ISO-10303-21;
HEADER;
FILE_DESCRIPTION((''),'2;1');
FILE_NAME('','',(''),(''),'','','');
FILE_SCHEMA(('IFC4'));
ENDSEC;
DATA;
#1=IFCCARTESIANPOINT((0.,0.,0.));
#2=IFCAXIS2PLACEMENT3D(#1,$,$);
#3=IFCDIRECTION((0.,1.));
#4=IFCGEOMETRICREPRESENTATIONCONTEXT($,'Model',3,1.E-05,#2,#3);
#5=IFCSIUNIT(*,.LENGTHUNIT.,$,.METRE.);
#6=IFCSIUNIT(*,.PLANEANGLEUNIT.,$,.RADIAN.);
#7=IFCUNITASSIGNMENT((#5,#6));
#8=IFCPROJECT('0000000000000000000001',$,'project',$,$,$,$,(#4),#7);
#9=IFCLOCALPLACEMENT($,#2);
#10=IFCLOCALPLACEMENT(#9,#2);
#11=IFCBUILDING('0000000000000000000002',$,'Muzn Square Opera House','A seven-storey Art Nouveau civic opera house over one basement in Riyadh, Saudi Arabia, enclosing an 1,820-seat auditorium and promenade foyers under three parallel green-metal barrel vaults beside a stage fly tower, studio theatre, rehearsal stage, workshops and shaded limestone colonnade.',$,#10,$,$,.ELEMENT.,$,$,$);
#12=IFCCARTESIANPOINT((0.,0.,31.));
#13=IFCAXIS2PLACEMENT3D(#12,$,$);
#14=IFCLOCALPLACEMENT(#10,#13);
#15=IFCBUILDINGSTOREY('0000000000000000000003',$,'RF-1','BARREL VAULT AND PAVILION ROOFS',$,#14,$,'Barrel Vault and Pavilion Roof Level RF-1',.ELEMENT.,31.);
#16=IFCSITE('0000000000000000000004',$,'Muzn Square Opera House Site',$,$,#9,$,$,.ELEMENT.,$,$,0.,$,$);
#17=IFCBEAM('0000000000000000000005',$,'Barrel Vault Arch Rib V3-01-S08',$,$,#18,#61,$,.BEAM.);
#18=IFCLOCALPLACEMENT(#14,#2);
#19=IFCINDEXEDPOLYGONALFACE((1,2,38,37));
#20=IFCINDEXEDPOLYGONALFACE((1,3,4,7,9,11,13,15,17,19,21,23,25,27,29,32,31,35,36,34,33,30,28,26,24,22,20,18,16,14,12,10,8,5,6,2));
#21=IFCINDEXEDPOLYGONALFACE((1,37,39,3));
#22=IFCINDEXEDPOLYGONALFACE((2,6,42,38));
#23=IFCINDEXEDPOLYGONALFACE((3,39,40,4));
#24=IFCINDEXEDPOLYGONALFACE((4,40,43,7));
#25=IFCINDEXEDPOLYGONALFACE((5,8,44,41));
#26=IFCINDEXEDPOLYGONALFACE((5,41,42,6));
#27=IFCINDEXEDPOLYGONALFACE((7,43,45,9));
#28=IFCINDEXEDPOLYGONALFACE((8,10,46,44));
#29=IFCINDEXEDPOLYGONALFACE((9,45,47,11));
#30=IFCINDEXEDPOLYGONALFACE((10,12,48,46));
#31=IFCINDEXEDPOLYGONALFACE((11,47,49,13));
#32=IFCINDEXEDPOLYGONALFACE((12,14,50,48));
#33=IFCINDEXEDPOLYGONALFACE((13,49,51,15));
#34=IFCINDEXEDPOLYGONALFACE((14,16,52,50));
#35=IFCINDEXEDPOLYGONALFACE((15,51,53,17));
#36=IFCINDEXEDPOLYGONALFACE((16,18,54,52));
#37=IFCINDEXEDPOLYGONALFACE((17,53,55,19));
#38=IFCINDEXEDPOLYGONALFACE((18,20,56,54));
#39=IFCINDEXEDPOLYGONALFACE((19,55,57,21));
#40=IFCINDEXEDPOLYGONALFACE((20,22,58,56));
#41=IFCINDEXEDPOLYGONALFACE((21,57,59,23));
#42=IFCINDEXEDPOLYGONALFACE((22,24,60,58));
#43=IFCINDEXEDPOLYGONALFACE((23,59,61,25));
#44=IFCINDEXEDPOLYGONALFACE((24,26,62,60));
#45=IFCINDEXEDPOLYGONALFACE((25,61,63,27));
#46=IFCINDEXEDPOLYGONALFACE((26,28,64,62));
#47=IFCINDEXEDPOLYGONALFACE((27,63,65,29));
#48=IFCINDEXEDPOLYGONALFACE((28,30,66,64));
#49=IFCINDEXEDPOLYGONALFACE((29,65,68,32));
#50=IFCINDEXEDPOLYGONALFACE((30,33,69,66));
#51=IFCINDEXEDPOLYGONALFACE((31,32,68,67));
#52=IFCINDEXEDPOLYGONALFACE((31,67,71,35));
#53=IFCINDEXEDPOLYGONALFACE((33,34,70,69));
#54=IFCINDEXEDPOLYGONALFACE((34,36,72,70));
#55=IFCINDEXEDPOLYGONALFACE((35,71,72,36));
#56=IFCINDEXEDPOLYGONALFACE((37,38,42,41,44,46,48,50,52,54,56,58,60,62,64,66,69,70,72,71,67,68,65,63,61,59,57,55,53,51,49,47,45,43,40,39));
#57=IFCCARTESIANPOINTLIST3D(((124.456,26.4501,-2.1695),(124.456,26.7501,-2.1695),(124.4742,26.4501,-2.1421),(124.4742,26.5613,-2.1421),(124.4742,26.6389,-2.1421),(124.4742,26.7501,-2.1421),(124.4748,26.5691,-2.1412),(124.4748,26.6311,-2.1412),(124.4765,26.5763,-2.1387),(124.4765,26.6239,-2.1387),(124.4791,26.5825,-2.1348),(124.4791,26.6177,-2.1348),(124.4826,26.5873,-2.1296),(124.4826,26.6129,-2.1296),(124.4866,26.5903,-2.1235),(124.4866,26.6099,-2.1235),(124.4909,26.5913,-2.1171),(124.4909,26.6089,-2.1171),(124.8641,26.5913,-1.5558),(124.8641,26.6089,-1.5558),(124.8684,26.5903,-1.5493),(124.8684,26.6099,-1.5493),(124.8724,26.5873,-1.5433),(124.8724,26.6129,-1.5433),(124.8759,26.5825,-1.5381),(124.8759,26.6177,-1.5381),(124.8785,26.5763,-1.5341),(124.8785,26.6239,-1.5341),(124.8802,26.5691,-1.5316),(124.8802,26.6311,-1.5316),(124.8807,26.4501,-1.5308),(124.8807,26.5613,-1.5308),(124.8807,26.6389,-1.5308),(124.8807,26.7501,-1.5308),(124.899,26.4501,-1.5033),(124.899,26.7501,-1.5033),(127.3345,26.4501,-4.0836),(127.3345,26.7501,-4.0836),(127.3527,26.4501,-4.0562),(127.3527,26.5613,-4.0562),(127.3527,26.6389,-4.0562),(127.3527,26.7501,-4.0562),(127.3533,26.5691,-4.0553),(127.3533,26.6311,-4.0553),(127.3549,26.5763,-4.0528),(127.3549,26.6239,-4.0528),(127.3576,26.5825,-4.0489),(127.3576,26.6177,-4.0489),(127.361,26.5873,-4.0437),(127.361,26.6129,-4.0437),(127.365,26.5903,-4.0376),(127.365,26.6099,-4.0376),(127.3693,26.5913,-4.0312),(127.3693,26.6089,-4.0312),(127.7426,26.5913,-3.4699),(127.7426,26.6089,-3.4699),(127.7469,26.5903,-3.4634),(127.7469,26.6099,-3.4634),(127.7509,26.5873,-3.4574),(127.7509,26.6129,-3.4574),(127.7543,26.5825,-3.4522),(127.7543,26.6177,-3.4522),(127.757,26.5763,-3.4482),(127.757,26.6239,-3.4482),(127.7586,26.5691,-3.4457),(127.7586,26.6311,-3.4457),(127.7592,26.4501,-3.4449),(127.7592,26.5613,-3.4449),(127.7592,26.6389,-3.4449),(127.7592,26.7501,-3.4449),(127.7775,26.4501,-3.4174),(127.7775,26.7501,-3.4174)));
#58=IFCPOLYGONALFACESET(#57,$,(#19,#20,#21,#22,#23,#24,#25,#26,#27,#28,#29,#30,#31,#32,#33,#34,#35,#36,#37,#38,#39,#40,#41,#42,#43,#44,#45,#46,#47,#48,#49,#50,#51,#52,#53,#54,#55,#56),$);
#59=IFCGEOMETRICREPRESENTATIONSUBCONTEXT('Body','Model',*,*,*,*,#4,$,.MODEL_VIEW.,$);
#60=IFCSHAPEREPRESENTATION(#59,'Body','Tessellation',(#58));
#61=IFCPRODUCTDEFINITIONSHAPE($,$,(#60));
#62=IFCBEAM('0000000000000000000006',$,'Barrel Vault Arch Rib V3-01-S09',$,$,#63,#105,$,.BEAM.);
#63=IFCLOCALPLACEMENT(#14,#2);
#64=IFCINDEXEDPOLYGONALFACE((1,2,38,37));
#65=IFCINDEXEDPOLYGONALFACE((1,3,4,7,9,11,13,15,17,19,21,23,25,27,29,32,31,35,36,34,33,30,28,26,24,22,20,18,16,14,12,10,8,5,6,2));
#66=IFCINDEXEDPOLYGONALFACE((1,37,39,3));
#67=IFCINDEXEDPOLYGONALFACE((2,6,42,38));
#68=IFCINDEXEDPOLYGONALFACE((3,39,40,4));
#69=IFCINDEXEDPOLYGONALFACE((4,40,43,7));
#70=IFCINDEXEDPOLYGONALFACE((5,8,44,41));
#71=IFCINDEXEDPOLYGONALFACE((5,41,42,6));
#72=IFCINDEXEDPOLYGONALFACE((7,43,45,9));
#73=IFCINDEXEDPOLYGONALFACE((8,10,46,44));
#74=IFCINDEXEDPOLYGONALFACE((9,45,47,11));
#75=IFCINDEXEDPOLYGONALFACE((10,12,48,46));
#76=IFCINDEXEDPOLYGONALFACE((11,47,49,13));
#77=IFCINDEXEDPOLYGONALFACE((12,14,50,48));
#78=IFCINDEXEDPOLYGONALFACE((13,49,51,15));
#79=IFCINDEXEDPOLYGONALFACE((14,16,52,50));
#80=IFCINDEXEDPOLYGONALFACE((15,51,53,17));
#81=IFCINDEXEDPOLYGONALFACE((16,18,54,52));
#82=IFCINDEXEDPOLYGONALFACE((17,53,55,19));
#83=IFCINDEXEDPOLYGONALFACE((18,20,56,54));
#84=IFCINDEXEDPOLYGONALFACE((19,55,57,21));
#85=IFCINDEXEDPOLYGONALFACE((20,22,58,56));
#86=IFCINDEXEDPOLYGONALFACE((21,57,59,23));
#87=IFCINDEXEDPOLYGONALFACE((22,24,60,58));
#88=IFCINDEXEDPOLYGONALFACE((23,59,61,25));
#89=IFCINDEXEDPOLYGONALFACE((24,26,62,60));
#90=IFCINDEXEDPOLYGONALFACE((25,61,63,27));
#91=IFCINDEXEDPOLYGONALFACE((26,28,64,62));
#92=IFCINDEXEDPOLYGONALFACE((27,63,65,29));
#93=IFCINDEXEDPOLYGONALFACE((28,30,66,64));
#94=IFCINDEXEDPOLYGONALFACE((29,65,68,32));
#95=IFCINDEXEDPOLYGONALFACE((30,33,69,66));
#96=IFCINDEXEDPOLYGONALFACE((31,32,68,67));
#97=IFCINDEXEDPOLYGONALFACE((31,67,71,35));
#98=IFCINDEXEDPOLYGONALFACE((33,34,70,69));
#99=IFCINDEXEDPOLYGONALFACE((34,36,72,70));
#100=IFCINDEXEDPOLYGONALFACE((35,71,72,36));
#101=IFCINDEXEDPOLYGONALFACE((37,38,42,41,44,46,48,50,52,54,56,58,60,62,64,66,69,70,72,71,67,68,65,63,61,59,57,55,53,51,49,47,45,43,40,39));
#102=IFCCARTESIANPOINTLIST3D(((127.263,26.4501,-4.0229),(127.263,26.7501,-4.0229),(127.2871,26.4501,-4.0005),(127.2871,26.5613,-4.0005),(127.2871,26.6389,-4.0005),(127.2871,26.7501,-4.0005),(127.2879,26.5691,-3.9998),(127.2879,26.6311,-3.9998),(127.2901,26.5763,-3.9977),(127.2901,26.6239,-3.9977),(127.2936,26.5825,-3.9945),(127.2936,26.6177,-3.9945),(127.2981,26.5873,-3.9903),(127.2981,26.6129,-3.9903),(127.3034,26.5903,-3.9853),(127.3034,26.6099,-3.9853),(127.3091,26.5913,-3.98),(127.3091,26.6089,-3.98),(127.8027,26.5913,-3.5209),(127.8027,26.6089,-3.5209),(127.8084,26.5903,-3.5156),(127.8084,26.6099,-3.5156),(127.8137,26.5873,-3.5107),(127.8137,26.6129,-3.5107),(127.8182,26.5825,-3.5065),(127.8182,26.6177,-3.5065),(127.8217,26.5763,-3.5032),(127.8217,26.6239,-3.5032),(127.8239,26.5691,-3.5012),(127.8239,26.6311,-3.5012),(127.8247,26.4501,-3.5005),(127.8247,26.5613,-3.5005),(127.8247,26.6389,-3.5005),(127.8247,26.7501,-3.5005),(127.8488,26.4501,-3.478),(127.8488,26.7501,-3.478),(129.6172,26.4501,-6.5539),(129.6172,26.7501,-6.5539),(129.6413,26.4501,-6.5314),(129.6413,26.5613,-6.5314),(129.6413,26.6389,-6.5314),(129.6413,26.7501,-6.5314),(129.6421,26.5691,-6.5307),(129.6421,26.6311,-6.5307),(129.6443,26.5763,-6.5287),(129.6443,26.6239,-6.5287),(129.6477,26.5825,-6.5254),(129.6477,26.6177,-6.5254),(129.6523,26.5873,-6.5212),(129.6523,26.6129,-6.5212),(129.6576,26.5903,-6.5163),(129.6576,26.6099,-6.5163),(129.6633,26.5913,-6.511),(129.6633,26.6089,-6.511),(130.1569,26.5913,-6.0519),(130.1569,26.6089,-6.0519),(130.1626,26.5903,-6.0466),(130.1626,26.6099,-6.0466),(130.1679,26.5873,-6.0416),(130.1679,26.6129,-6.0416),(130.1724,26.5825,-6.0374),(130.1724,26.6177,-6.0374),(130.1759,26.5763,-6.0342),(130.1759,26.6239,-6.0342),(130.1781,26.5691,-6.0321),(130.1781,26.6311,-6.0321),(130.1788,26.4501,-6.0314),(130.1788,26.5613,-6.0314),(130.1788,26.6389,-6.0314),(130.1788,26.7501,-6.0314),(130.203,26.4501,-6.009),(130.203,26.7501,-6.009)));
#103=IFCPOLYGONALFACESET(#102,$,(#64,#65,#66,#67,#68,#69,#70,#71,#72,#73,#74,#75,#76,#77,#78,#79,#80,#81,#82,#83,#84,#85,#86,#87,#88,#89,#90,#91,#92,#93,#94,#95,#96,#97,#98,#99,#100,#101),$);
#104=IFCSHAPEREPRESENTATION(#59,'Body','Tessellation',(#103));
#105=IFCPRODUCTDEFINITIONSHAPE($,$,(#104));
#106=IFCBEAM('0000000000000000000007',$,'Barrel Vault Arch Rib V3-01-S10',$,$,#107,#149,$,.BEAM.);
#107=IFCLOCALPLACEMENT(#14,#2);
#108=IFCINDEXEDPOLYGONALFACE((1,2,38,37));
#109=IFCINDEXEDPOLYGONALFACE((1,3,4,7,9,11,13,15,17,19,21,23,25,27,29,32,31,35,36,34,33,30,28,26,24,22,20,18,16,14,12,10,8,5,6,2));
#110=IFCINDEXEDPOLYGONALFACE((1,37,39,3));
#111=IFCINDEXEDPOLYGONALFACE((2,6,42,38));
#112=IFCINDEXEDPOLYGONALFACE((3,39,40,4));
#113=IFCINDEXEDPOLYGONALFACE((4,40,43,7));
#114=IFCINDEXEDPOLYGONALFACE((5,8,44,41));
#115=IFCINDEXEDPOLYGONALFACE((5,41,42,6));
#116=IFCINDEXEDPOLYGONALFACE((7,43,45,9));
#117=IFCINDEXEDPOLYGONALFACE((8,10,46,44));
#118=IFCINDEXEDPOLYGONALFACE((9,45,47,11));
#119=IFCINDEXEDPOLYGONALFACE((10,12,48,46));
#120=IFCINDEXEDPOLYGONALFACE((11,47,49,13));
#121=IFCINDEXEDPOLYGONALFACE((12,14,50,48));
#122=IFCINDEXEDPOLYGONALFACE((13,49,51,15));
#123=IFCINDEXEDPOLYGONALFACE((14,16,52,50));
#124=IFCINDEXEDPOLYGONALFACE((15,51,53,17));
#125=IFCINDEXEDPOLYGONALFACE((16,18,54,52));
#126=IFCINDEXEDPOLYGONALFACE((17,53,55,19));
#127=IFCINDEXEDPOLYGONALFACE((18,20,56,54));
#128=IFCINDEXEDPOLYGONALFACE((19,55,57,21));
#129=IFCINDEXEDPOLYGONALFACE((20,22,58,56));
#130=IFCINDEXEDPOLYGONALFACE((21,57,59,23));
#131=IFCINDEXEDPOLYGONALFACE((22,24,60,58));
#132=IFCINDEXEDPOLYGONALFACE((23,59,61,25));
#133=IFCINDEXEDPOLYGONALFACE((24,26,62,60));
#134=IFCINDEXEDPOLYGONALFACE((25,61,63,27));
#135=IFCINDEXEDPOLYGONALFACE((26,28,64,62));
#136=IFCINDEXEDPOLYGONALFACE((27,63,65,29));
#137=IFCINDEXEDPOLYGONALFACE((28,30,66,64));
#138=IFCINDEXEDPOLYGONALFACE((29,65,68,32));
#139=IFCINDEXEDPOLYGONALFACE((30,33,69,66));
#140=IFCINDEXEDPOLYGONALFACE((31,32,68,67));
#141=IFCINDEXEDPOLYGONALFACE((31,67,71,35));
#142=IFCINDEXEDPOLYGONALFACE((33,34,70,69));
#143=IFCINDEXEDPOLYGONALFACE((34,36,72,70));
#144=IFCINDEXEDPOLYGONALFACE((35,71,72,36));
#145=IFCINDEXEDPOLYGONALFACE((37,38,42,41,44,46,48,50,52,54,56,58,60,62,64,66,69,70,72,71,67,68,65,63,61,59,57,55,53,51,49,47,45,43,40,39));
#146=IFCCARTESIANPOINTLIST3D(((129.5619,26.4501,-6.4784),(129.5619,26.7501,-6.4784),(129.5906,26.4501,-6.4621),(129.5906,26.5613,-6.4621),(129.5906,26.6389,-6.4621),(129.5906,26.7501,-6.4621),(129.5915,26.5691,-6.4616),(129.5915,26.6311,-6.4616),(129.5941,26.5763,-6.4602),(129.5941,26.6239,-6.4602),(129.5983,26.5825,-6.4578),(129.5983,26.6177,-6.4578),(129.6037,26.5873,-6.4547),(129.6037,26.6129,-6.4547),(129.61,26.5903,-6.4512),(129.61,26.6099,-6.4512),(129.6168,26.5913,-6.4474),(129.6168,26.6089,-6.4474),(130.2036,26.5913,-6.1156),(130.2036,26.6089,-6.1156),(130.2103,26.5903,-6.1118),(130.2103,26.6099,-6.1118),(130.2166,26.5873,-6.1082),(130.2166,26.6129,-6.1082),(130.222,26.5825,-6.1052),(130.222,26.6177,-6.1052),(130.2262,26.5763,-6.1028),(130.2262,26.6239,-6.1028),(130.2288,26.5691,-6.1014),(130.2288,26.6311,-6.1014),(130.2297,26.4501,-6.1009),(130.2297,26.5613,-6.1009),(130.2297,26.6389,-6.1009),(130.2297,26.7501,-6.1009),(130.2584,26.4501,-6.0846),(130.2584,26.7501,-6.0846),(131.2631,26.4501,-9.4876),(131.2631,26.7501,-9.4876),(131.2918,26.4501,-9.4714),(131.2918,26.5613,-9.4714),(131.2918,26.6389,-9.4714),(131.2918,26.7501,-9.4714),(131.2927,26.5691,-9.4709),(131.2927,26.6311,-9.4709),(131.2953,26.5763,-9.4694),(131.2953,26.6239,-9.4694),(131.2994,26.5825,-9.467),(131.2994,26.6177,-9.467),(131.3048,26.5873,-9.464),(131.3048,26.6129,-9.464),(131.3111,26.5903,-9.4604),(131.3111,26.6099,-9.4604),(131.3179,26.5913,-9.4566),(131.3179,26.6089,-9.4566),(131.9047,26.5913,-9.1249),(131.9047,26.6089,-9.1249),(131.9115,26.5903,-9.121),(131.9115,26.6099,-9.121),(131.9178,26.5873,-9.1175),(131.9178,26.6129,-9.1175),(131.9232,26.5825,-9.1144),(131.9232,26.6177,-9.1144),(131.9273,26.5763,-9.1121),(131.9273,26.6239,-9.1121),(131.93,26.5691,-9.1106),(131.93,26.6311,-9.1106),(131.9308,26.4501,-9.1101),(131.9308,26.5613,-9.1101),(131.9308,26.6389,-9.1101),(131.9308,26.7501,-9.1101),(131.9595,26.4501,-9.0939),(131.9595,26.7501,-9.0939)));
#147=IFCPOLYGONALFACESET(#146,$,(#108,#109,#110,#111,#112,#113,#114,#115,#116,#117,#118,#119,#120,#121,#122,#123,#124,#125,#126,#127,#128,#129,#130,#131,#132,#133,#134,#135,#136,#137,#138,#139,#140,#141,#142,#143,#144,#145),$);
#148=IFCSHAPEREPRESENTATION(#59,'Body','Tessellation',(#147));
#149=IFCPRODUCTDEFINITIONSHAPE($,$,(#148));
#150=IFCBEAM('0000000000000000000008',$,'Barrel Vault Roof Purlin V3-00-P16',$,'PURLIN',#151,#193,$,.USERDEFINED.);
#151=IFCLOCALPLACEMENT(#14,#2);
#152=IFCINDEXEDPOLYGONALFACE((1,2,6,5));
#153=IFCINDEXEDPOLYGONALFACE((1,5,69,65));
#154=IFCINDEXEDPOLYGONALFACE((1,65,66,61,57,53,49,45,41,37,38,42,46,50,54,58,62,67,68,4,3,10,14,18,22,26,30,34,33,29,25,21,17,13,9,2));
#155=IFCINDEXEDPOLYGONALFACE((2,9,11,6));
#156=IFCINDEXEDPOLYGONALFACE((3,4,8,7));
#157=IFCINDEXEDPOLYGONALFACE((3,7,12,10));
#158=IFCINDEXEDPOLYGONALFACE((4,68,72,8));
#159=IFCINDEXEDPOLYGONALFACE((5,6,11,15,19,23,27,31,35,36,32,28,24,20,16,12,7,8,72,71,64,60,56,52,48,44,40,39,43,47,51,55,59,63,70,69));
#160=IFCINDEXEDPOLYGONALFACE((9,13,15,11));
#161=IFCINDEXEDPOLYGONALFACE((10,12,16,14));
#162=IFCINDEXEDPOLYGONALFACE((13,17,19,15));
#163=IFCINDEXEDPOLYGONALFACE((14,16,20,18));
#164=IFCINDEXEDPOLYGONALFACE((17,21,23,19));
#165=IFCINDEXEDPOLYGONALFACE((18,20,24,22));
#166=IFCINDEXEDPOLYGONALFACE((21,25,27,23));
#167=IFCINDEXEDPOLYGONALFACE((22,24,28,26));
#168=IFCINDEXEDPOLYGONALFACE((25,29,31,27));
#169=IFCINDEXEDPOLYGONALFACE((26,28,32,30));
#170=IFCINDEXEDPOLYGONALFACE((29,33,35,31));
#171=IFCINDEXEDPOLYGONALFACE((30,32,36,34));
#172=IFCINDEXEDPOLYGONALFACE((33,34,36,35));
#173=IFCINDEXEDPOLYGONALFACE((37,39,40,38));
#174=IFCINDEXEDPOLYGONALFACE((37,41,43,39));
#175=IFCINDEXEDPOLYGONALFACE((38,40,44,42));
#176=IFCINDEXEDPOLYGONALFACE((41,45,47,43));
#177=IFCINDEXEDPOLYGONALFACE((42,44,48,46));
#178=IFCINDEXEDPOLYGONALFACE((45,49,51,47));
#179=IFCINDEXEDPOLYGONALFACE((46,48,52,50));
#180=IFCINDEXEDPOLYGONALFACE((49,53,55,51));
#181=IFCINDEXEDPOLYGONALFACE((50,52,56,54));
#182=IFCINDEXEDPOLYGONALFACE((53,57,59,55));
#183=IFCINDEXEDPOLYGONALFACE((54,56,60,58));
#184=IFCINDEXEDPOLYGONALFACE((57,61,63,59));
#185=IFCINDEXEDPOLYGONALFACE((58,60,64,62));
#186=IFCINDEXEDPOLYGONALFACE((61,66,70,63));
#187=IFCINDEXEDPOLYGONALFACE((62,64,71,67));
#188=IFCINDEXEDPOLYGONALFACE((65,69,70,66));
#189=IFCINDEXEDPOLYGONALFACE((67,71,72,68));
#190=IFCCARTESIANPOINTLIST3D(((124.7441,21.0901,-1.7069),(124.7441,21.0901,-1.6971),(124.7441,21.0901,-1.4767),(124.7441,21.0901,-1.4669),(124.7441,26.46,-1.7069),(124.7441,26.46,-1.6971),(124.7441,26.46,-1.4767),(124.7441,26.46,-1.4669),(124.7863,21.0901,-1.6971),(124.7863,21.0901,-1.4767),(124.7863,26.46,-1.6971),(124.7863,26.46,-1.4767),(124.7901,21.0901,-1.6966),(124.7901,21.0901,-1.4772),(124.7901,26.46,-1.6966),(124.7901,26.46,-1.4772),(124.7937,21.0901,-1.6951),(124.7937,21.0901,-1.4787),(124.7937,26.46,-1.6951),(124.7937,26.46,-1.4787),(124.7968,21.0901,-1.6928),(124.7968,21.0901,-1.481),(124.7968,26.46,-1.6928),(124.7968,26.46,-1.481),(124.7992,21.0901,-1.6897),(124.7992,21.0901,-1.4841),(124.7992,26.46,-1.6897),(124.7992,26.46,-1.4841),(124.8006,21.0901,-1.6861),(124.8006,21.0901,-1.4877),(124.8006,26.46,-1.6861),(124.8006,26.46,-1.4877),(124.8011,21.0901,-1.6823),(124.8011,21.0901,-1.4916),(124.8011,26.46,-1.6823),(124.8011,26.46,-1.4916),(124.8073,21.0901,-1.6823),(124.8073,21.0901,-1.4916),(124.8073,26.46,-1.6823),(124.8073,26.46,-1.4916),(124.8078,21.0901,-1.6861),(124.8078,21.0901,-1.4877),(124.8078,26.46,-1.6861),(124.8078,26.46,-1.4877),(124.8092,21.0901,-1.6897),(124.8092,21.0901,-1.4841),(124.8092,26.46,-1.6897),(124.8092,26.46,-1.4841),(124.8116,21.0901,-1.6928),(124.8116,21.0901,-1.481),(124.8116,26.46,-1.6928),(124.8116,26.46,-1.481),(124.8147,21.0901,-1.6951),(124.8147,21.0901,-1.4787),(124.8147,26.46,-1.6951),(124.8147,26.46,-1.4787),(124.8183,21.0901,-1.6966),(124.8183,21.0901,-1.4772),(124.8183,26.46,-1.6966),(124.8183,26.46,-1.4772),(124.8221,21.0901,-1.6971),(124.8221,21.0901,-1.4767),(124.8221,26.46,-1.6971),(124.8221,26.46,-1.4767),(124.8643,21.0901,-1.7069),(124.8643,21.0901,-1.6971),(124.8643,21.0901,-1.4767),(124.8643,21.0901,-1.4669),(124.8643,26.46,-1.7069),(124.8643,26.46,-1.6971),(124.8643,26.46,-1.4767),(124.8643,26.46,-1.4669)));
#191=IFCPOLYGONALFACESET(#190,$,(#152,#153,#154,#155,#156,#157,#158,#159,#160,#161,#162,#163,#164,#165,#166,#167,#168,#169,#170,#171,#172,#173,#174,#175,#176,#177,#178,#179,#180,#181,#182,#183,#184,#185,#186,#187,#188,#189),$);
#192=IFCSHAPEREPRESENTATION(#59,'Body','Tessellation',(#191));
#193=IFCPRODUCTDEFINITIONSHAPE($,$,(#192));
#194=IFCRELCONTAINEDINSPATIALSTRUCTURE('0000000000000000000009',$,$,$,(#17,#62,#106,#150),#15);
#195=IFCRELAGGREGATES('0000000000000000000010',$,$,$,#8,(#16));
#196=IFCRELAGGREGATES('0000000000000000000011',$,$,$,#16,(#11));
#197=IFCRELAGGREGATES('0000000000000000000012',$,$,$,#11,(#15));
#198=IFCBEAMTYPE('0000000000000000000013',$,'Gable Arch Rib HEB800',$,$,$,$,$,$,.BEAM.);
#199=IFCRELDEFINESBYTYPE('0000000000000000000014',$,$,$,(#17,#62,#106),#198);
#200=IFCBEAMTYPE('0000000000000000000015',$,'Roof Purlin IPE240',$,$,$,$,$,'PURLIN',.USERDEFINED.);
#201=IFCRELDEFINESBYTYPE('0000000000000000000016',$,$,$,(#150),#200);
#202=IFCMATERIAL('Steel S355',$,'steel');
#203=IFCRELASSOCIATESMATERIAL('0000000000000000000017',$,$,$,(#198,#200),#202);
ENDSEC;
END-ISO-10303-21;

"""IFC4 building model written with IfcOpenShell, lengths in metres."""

from ifc_helpers import new_model, si_unit, direction, frame, origin, origin_2d, place, context, subcontext, project, spatial, i_section, extrude, material, material_profile, profile_set, type_object, element, save


model = new_model("IFC4")

# Units and contexts
model_context = context("Model", 3, precision=1e-05, world=origin(), true_north=direction((0.0, 1.0)))
body_context = subcontext(model_context, "Body", "Model", "MODEL_VIEW")
ifc_project = project(units=[si_unit("LENGTHUNIT", "METRE"), si_unit("PLANEANGLEUNIT", "RADIAN")], contexts=[model_context])

# Site, building, storey
site_placement = place(None, origin())
site = spatial("IfcSite", under=ifc_project, at=site_placement, Name="Muzn Square Opera House Site", CompositionType="ELEMENT", RefElevation=0.0)
building_placement = place(site_placement, origin())
building = spatial("IfcBuilding", under=site, at=building_placement, Name="Muzn Square Opera House", Description="A seven-storey Art Nouveau civic opera house over one basement in Riyadh, Saudi Arabia, enclosing an 1,820-seat auditorium and promenade foyers under three parallel green-metal barrel vaults beside a stage fly tower, studio theatre, rehearsal stage, workshops and shaded limestone colonnade.", CompositionType="ELEMENT")
storey_placement = place(building_placement, frame((0.0, 0.0, 31.0)))
storey = spatial("IfcBuildingStorey", under=building, at=storey_placement, Name="RF-1", Description="BARREL VAULT AND PAVILION ROOFS", LongName="Barrel Vault and Pavilion Roof Level RF-1", CompositionType="ELEMENT", Elevation=31.0)

# Beams
ifc_material_1 = material(Name="Steel S355", Category="steel")
ifc_material_profile_1 = material_profile(ifc_material_1, i_section(OverallWidth=0.3, OverallDepth=0.8, WebThickness=0.0176, FlangeThickness=0.033, FilletRadius=0.03, at=origin_2d()), Name="HEB 800", Category="steel")
ifc_profile_set_1 = profile_set([ifc_material_profile_1], Name="Steel S355")
beam_type_1 = type_object("IfcBeamType", Name="Gable Arch Rib HEB800", PredefinedType="BEAM", material=ifc_profile_set_1)
beam_1_placement = place(storey_placement, frame((124.6775, 26.6001, -1.8364), z_axis=(0.832702, 0.0, -0.553722), x_axis=(0.0, 1.0, 0.0)))
element("IfcBeam", 1, at=beam_1_placement, inside=storey, type_object=beam_type_1, Name="Barrel Vault Arch Rib V3-01-S08", PredefinedType="BEAM", context=body_context, shape_type="SweptSolid", body=[
    extrude(i_section(OverallWidth=0.3, OverallDepth=0.8, WebThickness=0.0176, FlangeThickness=0.033, FilletRadius=0.03, at=origin_2d()), origin(), (0.0, 0.0, 1.0), 3.4568),
])
beam_2_placement = place(storey_placement, frame((127.5559, 26.6001, -3.7505), z_axis=(0.681077, 0.0, -0.732212), x_axis=(0.0, 1.0, 0.0)))
element("IfcBeam", 2, at=beam_2_placement, inside=storey, type_object=beam_type_1, Name="Barrel Vault Arch Rib V3-01-S09", PredefinedType="BEAM", context=body_context, shape_type="SweptSolid", body=[
    extrude(i_section(OverallWidth=0.3, OverallDepth=0.8, WebThickness=0.0176, FlangeThickness=0.033, FilletRadius=0.03, at=origin_2d()), origin(), (0.0, 0.0, 1.0), 3.4565),
])
beam_3_placement = place(storey_placement, frame((129.9102, 26.6001, -6.2815), z_axis=(0.492118, 0.0, -0.870529), x_axis=(0.0, 1.0, 0.0)))
element("IfcBeam", 3, at=beam_3_placement, inside=storey, type_object=beam_type_1, Name="Barrel Vault Arch Rib V3-01-S10", PredefinedType="BEAM", context=body_context, shape_type="SweptSolid", body=[
    extrude(i_section(OverallWidth=0.3, OverallDepth=0.8, WebThickness=0.0176, FlangeThickness=0.033, FilletRadius=0.03, at=origin_2d()), origin(), (0.0, 0.0, 1.0), 3.4568),
])
ifc_material_profile_2 = material_profile(ifc_material_1, i_section(OverallWidth=0.1201, OverallDepth=0.24, WebThickness=0.0061, FlangeThickness=0.0098, FilletRadius=0.0149, at=origin_2d()), Name="IPE 240", Category="steel")
ifc_profile_set_2 = profile_set([ifc_material_profile_2], Name="Steel S355")
beam_type_2 = type_object("IfcBeamType", Name="Roof Purlin IPE240", ElementType="PURLIN", PredefinedType="USERDEFINED", material=ifc_profile_set_2)
for number, where, z_axis, x_axis, name in (
    (4, (124.8042, 21.0901, -1.5869), (0.0, 1.0, 0.0), (-1.0, 0.0, 0.0), "Barrel Vault Roof Purlin V3-00-P16"),
):
    element("IfcBeam", number, at=place(storey_placement, frame(where, z_axis=z_axis, x_axis=x_axis)), inside=storey, type_object=beam_type_2, Name=name, ObjectType="PURLIN", PredefinedType="USERDEFINED", context=body_context, shape_type="SweptSolid", body=[
        extrude(i_section(OverallWidth=0.1201, OverallDepth=0.24, WebThickness=0.0061, FlangeThickness=0.0098, FilletRadius=0.0149, at=origin_2d()), origin(), (0.0, 0.0, 1.0), 5.3699),
    ])

save(model, "model.ifc")
